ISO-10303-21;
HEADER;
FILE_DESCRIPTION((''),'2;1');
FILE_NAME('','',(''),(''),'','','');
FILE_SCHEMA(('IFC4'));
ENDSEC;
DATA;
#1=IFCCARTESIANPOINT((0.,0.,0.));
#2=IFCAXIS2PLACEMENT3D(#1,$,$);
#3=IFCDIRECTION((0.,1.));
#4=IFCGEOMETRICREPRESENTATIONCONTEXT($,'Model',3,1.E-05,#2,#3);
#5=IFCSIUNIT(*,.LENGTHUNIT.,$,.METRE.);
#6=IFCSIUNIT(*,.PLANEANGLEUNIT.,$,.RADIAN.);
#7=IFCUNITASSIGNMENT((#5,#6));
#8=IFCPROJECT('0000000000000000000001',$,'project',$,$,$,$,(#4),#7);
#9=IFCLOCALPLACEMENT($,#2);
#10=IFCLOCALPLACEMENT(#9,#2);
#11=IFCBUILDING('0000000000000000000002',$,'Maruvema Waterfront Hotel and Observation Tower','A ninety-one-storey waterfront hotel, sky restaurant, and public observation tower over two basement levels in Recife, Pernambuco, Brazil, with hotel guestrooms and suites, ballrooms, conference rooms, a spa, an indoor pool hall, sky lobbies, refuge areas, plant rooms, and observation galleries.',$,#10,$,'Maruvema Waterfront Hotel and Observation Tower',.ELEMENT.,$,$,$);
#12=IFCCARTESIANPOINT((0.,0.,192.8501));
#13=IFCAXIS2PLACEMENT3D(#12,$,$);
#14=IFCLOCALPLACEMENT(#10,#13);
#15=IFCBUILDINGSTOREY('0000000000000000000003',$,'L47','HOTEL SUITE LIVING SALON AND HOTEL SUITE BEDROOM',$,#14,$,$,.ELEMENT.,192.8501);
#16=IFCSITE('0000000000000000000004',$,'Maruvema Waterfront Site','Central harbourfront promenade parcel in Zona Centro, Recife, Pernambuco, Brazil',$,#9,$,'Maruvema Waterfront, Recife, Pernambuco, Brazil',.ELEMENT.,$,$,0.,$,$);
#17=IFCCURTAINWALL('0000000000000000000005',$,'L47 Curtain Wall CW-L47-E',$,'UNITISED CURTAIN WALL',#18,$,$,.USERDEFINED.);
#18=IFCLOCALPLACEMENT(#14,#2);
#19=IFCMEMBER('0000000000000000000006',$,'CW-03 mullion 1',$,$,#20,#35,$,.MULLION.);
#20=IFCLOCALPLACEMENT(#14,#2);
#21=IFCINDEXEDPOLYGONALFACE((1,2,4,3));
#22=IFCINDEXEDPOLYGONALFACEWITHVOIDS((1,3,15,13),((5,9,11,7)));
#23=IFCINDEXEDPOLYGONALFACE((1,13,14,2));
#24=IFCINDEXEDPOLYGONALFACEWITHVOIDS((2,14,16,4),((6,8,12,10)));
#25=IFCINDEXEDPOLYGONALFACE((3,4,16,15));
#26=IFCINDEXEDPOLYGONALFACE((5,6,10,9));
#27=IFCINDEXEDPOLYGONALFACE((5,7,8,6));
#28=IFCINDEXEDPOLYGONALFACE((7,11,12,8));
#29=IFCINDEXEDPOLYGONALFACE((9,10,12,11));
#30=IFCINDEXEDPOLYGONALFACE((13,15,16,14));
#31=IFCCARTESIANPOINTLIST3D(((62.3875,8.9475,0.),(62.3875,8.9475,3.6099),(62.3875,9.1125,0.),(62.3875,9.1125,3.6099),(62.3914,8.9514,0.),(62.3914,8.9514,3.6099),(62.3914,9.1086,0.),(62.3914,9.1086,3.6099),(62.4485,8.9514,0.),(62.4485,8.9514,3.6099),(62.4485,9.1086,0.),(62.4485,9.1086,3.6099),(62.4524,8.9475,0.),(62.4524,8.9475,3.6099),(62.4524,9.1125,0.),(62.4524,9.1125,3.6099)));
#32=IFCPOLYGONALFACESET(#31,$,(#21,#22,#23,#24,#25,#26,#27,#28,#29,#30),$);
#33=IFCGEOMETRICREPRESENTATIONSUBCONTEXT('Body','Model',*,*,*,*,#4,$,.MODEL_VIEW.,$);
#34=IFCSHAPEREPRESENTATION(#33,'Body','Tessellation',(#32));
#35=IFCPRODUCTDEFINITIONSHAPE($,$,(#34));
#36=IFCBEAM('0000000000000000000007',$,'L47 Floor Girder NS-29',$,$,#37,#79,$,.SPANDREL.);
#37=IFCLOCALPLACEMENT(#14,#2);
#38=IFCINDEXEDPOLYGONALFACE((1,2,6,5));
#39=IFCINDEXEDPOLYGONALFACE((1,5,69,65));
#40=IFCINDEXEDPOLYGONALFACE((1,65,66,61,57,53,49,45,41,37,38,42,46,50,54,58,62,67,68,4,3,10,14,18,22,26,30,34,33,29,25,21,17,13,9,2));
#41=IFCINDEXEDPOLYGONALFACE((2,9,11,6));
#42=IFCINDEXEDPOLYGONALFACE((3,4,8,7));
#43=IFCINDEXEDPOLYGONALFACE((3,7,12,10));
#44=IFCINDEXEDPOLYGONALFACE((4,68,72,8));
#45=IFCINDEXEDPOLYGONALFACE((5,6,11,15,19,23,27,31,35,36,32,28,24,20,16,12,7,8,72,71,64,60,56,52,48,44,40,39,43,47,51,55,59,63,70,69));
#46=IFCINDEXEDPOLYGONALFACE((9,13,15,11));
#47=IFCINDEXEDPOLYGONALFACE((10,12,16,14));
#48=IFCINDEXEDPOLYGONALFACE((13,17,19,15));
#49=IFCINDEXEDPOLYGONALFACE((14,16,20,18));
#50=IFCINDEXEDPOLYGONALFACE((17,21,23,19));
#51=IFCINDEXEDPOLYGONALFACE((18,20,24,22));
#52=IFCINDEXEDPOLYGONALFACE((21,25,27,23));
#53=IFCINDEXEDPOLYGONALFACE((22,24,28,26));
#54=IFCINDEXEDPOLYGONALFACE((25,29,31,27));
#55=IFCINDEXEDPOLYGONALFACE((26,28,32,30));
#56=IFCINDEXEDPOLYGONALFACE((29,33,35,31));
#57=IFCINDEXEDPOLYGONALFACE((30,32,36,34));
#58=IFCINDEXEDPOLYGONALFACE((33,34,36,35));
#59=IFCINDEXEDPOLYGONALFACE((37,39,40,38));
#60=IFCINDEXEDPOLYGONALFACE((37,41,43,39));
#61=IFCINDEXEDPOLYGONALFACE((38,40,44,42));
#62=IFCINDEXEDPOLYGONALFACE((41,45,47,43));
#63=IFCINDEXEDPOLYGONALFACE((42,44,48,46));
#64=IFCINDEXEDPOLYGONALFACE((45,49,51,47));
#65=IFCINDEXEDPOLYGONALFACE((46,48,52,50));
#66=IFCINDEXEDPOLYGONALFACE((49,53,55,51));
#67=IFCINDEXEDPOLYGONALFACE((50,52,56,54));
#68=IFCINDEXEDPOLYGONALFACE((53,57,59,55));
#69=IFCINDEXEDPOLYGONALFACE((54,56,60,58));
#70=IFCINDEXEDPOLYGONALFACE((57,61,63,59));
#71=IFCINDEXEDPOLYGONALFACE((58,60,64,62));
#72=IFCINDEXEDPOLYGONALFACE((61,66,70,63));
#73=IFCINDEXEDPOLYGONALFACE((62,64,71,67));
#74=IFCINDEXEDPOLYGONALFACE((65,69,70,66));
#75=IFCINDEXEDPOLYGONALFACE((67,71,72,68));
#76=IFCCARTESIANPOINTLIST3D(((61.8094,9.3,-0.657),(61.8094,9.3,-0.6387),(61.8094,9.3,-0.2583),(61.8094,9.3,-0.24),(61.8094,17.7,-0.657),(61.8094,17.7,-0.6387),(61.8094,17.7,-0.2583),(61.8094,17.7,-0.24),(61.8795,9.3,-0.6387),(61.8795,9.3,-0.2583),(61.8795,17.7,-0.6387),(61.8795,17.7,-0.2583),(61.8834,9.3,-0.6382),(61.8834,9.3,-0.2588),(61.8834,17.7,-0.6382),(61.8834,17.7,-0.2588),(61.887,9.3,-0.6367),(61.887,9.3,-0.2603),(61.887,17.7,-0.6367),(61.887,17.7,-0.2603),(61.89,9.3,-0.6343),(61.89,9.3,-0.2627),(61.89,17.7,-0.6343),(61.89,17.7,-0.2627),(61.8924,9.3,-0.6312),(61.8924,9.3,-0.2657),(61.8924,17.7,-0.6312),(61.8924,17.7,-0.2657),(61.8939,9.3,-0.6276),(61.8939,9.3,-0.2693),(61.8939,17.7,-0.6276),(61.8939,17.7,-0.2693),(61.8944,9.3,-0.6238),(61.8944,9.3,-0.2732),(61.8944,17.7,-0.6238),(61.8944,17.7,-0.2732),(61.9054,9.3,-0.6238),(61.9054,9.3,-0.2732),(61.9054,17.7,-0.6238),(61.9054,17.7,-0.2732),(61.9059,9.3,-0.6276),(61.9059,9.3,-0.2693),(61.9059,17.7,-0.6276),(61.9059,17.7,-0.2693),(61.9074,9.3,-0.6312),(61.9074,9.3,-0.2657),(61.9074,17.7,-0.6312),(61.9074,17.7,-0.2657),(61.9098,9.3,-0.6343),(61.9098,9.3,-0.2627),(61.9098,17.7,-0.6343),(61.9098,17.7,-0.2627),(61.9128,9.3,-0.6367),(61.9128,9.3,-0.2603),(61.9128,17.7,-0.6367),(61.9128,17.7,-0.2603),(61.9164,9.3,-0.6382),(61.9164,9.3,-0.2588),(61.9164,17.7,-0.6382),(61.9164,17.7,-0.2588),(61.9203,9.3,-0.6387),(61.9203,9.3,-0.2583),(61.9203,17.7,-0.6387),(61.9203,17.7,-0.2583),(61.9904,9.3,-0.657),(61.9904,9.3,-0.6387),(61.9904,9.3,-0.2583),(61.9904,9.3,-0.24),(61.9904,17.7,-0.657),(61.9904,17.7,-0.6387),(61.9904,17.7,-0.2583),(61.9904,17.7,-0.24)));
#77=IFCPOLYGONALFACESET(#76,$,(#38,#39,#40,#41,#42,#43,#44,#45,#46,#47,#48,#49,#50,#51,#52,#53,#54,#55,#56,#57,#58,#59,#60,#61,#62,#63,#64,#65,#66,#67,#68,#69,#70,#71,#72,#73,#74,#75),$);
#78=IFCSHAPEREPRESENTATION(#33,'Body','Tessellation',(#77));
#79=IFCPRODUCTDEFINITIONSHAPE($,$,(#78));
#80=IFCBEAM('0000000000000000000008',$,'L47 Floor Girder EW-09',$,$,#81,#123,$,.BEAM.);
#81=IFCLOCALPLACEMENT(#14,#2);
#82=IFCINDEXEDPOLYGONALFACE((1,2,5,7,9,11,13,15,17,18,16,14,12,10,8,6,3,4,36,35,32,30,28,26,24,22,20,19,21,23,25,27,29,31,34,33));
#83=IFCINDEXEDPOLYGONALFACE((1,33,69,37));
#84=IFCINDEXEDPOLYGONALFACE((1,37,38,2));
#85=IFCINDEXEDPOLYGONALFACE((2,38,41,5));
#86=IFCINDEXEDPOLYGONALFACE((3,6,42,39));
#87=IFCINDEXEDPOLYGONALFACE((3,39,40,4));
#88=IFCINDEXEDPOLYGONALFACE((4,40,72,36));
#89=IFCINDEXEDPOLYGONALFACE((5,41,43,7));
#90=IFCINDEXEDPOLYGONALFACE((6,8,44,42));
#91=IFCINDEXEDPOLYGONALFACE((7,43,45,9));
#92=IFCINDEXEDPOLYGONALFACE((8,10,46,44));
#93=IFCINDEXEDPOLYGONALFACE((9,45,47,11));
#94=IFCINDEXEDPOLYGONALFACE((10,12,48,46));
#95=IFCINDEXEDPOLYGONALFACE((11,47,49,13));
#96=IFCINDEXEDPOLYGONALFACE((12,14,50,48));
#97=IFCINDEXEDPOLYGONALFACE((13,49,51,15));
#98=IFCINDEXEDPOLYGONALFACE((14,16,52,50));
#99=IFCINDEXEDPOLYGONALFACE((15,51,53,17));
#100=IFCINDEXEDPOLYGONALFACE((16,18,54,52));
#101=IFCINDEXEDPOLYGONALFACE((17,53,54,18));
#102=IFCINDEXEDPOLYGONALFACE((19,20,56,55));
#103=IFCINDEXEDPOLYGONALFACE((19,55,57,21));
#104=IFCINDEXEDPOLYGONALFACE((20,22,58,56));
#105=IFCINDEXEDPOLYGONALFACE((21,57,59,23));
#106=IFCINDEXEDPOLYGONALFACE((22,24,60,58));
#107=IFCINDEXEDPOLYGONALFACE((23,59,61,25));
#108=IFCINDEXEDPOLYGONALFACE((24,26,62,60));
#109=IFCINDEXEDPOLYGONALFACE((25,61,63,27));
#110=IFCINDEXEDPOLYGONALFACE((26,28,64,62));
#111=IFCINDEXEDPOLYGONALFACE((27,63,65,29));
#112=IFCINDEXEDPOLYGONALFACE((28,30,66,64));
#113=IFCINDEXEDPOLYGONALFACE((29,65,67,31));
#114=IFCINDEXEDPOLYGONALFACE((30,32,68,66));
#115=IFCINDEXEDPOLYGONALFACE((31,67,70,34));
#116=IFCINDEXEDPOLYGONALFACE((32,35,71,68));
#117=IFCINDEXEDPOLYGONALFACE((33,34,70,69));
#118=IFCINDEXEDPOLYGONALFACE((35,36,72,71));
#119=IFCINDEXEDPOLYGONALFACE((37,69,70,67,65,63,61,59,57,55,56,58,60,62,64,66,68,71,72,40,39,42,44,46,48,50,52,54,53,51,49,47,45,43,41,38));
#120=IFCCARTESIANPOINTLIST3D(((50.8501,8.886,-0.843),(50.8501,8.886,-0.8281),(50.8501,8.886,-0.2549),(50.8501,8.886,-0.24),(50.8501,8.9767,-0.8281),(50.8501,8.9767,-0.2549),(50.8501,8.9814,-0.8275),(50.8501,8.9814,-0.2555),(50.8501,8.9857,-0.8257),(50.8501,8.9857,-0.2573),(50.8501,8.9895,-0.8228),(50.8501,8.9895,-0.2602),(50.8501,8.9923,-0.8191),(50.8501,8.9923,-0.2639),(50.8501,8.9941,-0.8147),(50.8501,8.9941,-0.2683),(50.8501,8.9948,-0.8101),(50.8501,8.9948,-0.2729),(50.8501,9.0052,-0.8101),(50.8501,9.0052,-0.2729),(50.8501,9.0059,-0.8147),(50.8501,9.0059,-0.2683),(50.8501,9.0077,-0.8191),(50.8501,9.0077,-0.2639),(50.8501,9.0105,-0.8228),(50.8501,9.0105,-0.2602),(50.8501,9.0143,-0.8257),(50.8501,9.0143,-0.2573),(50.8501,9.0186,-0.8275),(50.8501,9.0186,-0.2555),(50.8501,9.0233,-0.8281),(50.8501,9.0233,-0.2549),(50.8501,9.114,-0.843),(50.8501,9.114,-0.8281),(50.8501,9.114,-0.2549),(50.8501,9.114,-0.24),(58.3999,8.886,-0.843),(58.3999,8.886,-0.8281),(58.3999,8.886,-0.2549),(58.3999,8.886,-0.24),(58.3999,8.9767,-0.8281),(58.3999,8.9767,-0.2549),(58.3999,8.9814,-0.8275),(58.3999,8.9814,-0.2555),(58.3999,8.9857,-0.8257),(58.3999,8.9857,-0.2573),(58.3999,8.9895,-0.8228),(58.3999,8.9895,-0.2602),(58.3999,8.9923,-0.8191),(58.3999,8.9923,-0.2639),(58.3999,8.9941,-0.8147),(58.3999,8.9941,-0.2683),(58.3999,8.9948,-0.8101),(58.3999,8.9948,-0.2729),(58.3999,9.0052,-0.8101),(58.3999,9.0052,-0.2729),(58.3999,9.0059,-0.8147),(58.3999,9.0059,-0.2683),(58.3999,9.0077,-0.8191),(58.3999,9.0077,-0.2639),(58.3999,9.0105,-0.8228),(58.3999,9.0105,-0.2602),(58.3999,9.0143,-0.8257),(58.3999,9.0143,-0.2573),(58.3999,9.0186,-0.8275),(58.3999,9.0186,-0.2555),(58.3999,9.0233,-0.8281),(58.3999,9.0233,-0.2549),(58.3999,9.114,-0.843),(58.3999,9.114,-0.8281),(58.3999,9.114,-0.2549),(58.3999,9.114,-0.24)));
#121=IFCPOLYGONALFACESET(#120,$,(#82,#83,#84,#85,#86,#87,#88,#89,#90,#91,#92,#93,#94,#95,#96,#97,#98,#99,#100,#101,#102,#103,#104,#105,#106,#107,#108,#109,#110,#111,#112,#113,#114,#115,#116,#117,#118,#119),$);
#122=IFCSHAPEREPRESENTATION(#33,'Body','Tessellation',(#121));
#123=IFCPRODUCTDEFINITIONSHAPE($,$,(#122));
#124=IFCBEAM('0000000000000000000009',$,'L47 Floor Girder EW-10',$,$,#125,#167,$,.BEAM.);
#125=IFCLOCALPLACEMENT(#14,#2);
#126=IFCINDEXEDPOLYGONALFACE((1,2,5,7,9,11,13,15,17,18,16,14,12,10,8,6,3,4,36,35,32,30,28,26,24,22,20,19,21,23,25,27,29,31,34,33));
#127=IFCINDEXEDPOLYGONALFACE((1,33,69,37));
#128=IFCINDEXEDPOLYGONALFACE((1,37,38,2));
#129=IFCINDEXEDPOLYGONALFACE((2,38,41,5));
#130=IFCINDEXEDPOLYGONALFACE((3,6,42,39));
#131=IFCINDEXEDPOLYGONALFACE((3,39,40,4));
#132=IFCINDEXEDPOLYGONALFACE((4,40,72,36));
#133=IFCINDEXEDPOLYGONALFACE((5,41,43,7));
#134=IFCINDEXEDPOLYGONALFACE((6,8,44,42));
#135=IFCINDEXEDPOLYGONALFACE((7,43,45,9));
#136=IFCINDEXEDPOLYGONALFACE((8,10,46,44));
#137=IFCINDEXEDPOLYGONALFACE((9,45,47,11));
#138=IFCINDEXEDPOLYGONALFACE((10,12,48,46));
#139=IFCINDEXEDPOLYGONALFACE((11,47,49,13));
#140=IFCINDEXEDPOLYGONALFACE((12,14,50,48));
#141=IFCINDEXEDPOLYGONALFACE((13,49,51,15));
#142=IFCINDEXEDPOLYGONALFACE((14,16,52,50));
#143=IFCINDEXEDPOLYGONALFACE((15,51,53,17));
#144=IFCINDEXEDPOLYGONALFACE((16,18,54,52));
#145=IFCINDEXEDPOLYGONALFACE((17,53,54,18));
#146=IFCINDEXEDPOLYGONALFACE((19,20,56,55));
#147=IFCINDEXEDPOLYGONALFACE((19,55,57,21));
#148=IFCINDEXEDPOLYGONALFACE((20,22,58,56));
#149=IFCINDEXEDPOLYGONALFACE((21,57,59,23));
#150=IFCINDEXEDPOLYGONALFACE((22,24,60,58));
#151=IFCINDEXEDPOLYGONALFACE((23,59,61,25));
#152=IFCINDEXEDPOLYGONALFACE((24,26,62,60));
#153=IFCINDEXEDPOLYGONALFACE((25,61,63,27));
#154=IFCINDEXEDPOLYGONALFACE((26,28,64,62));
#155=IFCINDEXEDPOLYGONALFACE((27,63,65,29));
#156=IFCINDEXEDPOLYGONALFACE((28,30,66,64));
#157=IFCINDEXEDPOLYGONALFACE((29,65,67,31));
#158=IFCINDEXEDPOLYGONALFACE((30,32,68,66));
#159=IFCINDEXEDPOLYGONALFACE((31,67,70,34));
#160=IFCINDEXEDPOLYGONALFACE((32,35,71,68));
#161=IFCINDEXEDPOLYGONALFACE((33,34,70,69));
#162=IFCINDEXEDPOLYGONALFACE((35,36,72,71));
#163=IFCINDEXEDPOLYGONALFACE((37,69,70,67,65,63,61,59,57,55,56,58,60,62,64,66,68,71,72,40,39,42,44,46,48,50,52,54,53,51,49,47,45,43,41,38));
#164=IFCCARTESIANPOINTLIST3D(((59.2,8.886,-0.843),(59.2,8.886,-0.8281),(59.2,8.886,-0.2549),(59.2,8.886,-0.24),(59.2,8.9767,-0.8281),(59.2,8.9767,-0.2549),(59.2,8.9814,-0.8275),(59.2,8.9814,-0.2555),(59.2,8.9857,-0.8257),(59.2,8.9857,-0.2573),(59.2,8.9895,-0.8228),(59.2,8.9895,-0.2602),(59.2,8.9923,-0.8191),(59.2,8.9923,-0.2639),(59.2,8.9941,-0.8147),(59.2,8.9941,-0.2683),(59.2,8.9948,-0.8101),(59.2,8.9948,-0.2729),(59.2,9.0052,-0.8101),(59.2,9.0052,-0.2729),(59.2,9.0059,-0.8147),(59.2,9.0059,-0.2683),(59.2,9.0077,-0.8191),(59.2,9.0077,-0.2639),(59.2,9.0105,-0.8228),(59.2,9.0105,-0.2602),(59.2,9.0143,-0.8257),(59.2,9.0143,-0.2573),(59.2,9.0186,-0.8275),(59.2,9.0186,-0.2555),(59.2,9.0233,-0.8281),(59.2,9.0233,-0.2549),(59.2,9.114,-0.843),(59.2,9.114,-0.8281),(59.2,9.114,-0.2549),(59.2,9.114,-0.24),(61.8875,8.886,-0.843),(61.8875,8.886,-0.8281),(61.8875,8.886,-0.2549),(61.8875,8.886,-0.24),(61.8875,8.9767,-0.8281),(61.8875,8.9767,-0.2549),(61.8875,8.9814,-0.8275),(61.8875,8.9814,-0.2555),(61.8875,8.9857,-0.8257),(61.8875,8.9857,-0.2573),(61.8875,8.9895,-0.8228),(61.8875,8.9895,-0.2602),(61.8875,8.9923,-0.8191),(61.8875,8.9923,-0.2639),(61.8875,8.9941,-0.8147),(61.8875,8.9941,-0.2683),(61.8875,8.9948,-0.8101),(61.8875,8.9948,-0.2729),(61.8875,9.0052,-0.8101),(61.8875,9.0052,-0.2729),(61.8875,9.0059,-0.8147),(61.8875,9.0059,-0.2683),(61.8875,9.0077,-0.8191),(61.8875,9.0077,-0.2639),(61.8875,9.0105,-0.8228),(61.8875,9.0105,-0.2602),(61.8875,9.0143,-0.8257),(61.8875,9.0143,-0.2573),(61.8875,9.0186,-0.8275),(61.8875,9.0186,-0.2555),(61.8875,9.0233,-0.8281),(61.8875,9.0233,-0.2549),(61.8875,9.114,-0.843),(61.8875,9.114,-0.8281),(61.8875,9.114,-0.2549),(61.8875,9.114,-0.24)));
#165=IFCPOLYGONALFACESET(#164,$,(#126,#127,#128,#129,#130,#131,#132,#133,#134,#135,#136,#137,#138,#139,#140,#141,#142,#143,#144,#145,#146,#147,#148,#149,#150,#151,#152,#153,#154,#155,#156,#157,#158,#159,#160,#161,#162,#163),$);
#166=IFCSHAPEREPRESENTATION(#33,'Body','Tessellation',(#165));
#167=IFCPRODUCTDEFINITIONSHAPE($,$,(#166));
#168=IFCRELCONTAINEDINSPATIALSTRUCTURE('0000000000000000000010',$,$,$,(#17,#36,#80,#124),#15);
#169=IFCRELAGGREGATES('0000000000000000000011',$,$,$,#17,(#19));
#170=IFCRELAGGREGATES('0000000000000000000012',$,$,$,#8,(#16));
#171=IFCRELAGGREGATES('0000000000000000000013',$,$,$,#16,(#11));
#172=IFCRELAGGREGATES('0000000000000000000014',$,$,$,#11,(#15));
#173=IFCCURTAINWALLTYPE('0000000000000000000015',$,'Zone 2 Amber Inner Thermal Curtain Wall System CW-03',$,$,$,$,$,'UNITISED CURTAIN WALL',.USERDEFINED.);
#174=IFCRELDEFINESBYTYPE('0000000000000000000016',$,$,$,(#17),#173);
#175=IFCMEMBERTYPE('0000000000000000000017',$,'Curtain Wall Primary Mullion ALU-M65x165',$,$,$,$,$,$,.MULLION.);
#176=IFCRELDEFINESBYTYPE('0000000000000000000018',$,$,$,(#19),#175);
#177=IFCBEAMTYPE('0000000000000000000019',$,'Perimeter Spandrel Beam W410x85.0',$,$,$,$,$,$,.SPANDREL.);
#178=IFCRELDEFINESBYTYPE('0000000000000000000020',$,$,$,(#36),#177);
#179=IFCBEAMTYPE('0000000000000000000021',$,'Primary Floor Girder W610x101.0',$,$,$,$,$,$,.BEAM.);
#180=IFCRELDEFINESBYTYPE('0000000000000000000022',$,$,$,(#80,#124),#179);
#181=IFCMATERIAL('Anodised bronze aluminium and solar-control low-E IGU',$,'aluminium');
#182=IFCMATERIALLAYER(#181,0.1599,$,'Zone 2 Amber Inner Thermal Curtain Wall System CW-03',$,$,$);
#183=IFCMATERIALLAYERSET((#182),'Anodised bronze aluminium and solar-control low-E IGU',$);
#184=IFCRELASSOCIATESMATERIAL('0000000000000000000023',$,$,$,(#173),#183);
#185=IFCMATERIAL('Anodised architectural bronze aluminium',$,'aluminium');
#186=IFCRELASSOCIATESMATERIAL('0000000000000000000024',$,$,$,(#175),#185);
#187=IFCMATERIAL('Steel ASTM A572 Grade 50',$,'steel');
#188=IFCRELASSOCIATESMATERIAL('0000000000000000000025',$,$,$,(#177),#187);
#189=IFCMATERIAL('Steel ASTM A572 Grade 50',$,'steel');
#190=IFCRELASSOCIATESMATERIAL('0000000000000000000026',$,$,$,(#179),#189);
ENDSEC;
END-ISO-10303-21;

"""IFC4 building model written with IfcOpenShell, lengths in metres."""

from ifc_helpers import new_model, si_unit, direction, frame, origin, origin_2d, place, context, subcontext, project, spatial, hollow_rectangle, i_section, extrude, material, layer, layer_set, material_profile, profile_set, type_object, element, aggregate, save


model = new_model("IFC4")

# Units and contexts
model_context = context("Model", 3, precision=1e-05, world=origin(), true_north=direction((0.0, 1.0)))
body_context = subcontext(model_context, "Body", "Model", "MODEL_VIEW")
ifc_project = project(units=[si_unit("LENGTHUNIT", "METRE"), si_unit("PLANEANGLEUNIT", "RADIAN")], contexts=[model_context])

# Site, building, storey
site_placement = place(None, origin())
site = spatial("IfcSite", under=ifc_project, at=site_placement, Name="Maruvema Waterfront Site", Description="Central harbourfront promenade parcel in Zona Centro, Recife, Pernambuco, Brazil", LongName="Maruvema Waterfront, Recife, Pernambuco, Brazil", CompositionType="ELEMENT", RefElevation=0.0)
building_placement = place(site_placement, origin())
building = spatial("IfcBuilding", under=site, at=building_placement, Name="Maruvema Waterfront Hotel and Observation Tower", Description="A ninety-one-storey waterfront hotel, sky restaurant, and public observation tower over two basement levels in Recife, Pernambuco, Brazil, with hotel guestrooms and suites, ballrooms, conference rooms, a spa, an indoor pool hall, sky lobbies, refuge areas, plant rooms, and observation galleries.", LongName="Maruvema Waterfront Hotel and Observation Tower", CompositionType="ELEMENT")
storey_placement = place(building_placement, frame((0.0, 0.0, 192.8501)))
storey = spatial("IfcBuildingStorey", under=building, at=storey_placement, Name="L47", Description="HOTEL SUITE LIVING SALON AND HOTEL SUITE BEDROOM", CompositionType="ELEMENT", Elevation=192.8501)

# Curtain wall
ifc_material_1 = material(Name="Anodised bronze aluminium and solar-control low-E IGU", Category="aluminium")
ifc_layer_1 = layer(ifc_material_1, 0.1599, Name="Zone 2 Amber Inner Thermal Curtain Wall System CW-03")
ifc_layer_set_1 = layer_set([ifc_layer_1], Name="Anodised bronze aluminium and solar-control low-E IGU")
curtain_wall_type = type_object("IfcCurtainWallType", Name="Zone 2 Amber Inner Thermal Curtain Wall System CW-03", ElementType="UNITISED CURTAIN WALL", PredefinedType="USERDEFINED", material=ifc_layer_set_1)
curtain_wall_1_placement = place(storey_placement, origin())
curtain_wall_1 = element("IfcCurtainWall", 1, at=curtain_wall_1_placement, inside=storey, type_object=curtain_wall_type, Name="L47 Curtain Wall CW-L47-E", ObjectType="UNITISED CURTAIN WALL", PredefinedType="USERDEFINED")

# Member
ifc_material_2 = material(Name="Anodised architectural bronze aluminium", Category="aluminium")
ifc_material_profile_1 = material_profile(ifc_material_2, hollow_rectangle(XDim=0.0649, YDim=0.165, WallThickness=0.0039, at=origin_2d()), Name="ALU-M65x165")
ifc_profile_set_1 = profile_set([ifc_material_profile_1], Name="Anodised architectural bronze aluminium")
member_type_1 = type_object("IfcMemberType", Name="Curtain Wall Primary Mullion ALU-M65x165", PredefinedType="MULLION", material=ifc_profile_set_1)
member_1_placement = place(storey_placement, frame((62.4199, 9.03, 0.0), z_axis=(0.0, 0.0, 1.0), x_axis=(-1.0, 0.0, 0.0)))
member_1 = element("IfcMember", 2, at=member_1_placement, type_object=member_type_1, Name="CW-03 mullion 1", PredefinedType="MULLION", context=body_context, shape_type="SweptSolid", body=[
    extrude(hollow_rectangle(XDim=0.0649, YDim=0.165, WallThickness=0.0039, at=origin_2d()), origin(), (0.0, 0.0, 1.0), 3.6099),
])

# Beams
ifc_material_3 = material(Name="Steel ASTM A572 Grade 50", Category="steel")
ifc_material_profile_2 = material_profile(ifc_material_3, i_section(OverallWidth=0.1809, OverallDepth=0.417, WebThickness=0.011, FlangeThickness=0.0183, FilletRadius=0.0149, at=origin_2d()), Name="W410x85.0")
ifc_profile_set_2 = profile_set([ifc_material_profile_2], Name="Steel ASTM A572 Grade 50")
beam_type_1 = type_object("IfcBeamType", Name="Perimeter Spandrel Beam W410x85.0", PredefinedType="SPANDREL", material=ifc_profile_set_2)
beam_1_placement = place(storey_placement, frame((61.8999, 9.3, -0.4485), z_axis=(0.0, 1.0, 0.0), x_axis=(-1.0, 0.0, 0.0)))
element("IfcBeam", 3, at=beam_1_placement, inside=storey, type_object=beam_type_1, Name="L47 Floor Girder NS-29", PredefinedType="SPANDREL", context=body_context, shape_type="SweptSolid", body=[
    extrude(i_section(OverallWidth=0.1809, OverallDepth=0.417, WebThickness=0.011, FlangeThickness=0.0183, FilletRadius=0.0149, at=origin_2d()), origin(), (0.0, 0.0, 1.0), 8.3999),
])
ifc_material_4 = material(Name="Steel ASTM A572 Grade 50", Category="steel")
ifc_material_profile_3 = material_profile(ifc_material_4, i_section(OverallWidth=0.228, OverallDepth=0.603, WebThickness=0.0105, FlangeThickness=0.0149, FilletRadius=0.0181, at=origin_2d()), Name="W610x101.0")
ifc_profile_set_3 = profile_set([ifc_material_profile_3], Name="Steel ASTM A572 Grade 50")
beam_type_2 = type_object("IfcBeamType", Name="Primary Floor Girder W610x101.0", PredefinedType="BEAM", material=ifc_profile_set_3)
beam_2_placement = place(storey_placement, frame((50.8501, 9.0, -0.5415), z_axis=(1.0, 0.0, 0.0), x_axis=(0.0, 1.0, 0.0)))
element("IfcBeam", 4, at=beam_2_placement, inside=storey, type_object=beam_type_2, Name="L47 Floor Girder EW-09", PredefinedType="BEAM", context=body_context, shape_type="SweptSolid", body=[
    extrude(i_section(OverallWidth=0.228, OverallDepth=0.603, WebThickness=0.0105, FlangeThickness=0.0149, FilletRadius=0.0181, at=origin_2d()), origin(), (0.0, 0.0, 1.0), 7.5498),
])
beam_3_placement = place(storey_placement, frame((59.2, 9.0, -0.5415), z_axis=(1.0, 0.0, 0.0), x_axis=(0.0, 1.0, 0.0)))
element("IfcBeam", 5, at=beam_3_placement, inside=storey, type_object=beam_type_2, Name="L47 Floor Girder EW-10", PredefinedType="BEAM", context=body_context, shape_type="SweptSolid", body=[
    extrude(i_section(OverallWidth=0.228, OverallDepth=0.603, WebThickness=0.0105, FlangeThickness=0.0149, FilletRadius=0.0181, at=origin_2d()), origin(), (0.0, 0.0, 1.0), 2.6875),
])

aggregate(curtain_wall_1, [member_1])

save(model, "model.ifc")
